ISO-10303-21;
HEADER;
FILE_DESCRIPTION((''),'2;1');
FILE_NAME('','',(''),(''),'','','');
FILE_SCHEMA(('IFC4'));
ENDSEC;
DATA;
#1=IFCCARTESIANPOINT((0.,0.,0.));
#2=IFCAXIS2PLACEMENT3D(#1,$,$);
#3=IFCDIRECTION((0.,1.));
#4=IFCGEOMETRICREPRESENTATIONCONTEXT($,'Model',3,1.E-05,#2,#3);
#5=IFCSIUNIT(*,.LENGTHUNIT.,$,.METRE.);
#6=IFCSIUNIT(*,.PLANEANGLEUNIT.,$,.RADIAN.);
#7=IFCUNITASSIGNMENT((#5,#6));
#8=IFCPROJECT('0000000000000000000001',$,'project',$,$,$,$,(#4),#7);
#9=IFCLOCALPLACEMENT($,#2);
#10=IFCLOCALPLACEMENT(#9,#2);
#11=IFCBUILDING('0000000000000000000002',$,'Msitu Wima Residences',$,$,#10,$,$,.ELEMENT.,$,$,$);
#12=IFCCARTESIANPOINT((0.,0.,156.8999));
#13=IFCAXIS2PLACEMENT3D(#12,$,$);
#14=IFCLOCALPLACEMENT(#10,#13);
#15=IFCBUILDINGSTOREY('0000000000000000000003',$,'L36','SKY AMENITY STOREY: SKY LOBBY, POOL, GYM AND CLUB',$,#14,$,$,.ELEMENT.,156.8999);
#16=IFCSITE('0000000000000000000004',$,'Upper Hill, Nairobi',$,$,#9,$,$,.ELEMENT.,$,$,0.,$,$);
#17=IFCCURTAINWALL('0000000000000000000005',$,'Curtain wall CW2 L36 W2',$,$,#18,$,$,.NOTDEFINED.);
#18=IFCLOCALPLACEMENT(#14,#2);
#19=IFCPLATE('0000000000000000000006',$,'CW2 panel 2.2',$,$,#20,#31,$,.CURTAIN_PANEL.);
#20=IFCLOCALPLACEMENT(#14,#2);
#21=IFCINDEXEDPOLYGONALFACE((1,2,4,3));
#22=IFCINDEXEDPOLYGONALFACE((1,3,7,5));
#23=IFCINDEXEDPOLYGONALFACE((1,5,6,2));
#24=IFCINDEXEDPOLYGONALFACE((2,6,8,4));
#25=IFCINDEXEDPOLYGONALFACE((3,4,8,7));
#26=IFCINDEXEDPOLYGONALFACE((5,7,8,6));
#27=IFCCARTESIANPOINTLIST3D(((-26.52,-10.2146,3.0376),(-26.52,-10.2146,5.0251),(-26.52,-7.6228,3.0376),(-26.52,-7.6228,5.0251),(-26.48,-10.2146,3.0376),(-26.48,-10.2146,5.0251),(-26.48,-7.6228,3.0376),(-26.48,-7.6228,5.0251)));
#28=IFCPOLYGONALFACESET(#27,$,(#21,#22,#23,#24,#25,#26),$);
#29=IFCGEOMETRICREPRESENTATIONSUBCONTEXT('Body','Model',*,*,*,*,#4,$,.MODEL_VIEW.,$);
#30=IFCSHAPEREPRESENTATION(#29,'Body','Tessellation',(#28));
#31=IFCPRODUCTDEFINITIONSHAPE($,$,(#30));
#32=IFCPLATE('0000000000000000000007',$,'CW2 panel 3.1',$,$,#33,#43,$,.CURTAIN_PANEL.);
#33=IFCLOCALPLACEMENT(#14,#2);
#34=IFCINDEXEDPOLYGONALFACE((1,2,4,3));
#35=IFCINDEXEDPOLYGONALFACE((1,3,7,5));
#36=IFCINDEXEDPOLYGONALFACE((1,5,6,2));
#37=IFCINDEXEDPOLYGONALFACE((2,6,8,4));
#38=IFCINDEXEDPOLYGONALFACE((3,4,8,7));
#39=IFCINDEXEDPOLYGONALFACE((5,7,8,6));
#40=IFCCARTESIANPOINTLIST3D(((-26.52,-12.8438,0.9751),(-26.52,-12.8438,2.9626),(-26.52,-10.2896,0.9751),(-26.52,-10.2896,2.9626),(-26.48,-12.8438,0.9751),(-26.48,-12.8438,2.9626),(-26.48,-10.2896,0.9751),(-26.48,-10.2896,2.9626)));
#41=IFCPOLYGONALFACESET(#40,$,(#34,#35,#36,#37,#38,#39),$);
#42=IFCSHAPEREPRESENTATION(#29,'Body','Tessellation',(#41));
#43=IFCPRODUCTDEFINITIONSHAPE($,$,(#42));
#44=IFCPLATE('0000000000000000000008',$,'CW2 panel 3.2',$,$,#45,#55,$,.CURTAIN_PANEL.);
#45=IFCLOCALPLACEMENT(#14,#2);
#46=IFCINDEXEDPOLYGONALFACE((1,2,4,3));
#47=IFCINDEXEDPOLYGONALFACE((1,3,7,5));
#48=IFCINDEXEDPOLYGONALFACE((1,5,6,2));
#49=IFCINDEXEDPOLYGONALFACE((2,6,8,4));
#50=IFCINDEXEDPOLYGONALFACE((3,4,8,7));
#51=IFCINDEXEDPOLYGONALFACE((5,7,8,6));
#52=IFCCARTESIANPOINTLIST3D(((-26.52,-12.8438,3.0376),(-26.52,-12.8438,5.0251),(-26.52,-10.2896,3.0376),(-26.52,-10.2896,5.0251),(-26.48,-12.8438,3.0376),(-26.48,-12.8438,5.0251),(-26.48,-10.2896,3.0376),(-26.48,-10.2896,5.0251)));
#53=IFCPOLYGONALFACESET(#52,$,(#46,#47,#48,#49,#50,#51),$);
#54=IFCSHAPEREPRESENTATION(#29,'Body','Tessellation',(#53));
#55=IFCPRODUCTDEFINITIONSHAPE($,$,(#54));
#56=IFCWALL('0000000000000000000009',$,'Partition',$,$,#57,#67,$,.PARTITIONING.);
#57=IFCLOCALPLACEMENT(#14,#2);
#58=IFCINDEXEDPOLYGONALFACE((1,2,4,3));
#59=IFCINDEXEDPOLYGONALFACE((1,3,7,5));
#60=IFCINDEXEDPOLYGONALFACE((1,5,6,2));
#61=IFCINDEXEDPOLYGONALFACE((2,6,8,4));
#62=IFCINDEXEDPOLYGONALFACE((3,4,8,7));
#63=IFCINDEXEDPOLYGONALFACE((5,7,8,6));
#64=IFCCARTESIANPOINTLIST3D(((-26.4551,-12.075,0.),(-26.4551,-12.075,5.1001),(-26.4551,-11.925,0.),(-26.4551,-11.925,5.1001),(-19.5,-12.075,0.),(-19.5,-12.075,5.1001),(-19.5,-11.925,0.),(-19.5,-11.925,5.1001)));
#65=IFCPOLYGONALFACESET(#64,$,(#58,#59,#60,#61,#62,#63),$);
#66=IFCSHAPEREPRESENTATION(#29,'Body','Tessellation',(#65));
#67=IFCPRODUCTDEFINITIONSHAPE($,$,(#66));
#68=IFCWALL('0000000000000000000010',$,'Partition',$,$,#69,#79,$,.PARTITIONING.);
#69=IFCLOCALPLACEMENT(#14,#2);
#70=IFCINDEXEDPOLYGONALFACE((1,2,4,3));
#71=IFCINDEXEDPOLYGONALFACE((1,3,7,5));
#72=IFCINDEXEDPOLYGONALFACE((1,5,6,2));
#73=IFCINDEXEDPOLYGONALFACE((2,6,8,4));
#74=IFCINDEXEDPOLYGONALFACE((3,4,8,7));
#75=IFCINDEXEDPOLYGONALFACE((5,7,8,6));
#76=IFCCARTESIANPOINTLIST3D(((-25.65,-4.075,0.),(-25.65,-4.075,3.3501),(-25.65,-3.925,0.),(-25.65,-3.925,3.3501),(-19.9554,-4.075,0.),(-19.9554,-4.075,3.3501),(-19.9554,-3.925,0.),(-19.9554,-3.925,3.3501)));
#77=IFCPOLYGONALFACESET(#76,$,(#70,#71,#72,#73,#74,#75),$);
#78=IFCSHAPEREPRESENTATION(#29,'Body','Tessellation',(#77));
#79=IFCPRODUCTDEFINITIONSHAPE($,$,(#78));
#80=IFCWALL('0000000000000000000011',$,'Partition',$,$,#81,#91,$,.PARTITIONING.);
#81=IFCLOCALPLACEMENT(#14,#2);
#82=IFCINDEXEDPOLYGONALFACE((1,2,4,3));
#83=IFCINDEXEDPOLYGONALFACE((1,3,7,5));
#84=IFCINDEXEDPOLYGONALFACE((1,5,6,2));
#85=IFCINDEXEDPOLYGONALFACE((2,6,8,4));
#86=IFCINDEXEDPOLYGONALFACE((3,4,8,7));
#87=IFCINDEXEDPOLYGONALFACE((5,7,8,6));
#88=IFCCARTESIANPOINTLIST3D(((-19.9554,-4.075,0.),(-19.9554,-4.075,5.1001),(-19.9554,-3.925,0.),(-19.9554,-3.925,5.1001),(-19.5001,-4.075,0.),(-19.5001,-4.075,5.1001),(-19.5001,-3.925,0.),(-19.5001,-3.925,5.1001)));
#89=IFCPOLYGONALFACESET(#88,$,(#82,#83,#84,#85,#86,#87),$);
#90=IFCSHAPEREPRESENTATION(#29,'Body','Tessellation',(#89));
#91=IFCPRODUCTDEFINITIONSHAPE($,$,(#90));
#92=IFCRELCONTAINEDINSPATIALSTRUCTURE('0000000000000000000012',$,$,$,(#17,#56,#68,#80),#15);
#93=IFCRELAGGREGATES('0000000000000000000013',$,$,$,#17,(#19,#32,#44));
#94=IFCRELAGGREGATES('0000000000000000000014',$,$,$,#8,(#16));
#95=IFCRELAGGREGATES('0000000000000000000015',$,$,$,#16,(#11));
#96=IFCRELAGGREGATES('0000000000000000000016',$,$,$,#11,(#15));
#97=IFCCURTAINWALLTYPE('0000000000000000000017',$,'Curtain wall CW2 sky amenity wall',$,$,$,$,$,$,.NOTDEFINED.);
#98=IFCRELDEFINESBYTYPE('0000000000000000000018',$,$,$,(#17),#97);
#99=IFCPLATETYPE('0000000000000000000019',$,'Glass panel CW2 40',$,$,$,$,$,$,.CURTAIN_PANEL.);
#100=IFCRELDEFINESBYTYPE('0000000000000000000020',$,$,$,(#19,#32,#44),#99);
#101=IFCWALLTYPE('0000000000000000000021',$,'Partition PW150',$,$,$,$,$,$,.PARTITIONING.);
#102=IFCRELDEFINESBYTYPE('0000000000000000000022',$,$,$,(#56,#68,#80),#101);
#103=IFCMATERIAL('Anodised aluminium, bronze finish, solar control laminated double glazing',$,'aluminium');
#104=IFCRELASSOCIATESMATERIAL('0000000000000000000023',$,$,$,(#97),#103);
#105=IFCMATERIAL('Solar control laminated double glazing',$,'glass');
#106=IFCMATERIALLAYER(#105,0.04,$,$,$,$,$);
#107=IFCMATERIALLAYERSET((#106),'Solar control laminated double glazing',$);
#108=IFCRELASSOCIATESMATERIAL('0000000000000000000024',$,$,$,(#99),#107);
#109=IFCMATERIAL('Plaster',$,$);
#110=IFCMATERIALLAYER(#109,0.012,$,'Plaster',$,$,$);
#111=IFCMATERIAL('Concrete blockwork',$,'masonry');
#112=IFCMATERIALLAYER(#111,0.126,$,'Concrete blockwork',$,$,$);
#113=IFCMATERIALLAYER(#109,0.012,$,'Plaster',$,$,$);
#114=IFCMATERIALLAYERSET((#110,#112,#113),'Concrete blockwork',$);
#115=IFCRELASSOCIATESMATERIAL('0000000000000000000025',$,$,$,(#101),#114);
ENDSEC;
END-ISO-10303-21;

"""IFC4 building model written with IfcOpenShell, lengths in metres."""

from ifc_helpers import new_model, si_unit, direction, frame, frame_2d, origin, origin_2d, place, context, subcontext, project, spatial, rectangle, extrude, material, layer, layer_set, type_object, element, aggregate, save


model = new_model("IFC4")

# Units and contexts
model_context = context("Model", 3, precision=1e-05, world=origin(), true_north=direction((0.0, 1.0)))
body_context = subcontext(model_context, "Body", "Model", "MODEL_VIEW")
ifc_project = project(units=[si_unit("LENGTHUNIT", "METRE"), si_unit("PLANEANGLEUNIT", "RADIAN")], contexts=[model_context])

# Site, building, storey
site_placement = place(None, origin())
site = spatial("IfcSite", under=ifc_project, at=site_placement, Name="Upper Hill, Nairobi", CompositionType="ELEMENT", RefElevation=0.0)
building_placement = place(site_placement, origin())
building = spatial("IfcBuilding", under=site, at=building_placement, Name="Msitu Wima Residences", CompositionType="ELEMENT")
storey_placement = place(building_placement, frame((0.0, 0.0, 156.8999)))
storey = spatial("IfcBuildingStorey", under=building, at=storey_placement, Name="L36", Description="SKY AMENITY STOREY: SKY LOBBY, POOL, GYM AND CLUB", CompositionType="ELEMENT", Elevation=156.8999)

# Curtain wall
ifc_material_1 = material(Name="Anodised aluminium, bronze finish, solar control laminated double glazing", Category="aluminium")
curtain_wall_type = type_object("IfcCurtainWallType", Name="Curtain wall CW2 sky amenity wall", PredefinedType="NOTDEFINED", material=ifc_material_1)
curtain_wall_1_placement = place(storey_placement, origin())
curtain_wall_1 = element("IfcCurtainWall", 1, at=curtain_wall_1_placement, inside=storey, type_object=curtain_wall_type, Name="Curtain wall CW2 L36 W2", PredefinedType="NOTDEFINED")

# Plates
ifc_material_2 = material(Name="Solar control laminated double glazing", Category="glass")
ifc_layer_1 = layer(ifc_material_2, 0.04)
ifc_layer_set_1 = layer_set([ifc_layer_1], Name="Solar control laminated double glazing")
plate_type = type_object("IfcPlateType", Name="Glass panel CW2 40", PredefinedType="CURTAIN_PANEL", material=ifc_layer_set_1)
plate_1_placement = place(storey_placement, frame((-26.5, -8.9187, 3.0376), z_axis=(0.0, 0.0, 1.0), x_axis=(0.0, -1.0, 0.0)))
plate_1 = element("IfcPlate", 2, at=plate_1_placement, type_object=plate_type, Name="CW2 panel 2.2", PredefinedType="CURTAIN_PANEL", context=body_context, shape_type="SweptSolid", body=[
    extrude(rectangle(XDim=2.5918, YDim=0.04, at=origin_2d()), origin(), (0.0, 0.0, 1.0), 1.9875),
])
plate_2_placement = place(storey_placement, frame((-26.5, -11.5667, 0.9751), z_axis=(0.0, 0.0, 1.0), x_axis=(0.0, -1.0, 0.0)))
plate_2 = element("IfcPlate", 3, at=plate_2_placement, type_object=plate_type, Name="CW2 panel 3.1", PredefinedType="CURTAIN_PANEL", context=body_context, shape_type="SweptSolid", body=[
    extrude(rectangle(XDim=2.5542, YDim=0.04, at=origin_2d()), origin(), (0.0, 0.0, 1.0), 1.9875),
])
plate_3_placement = place(storey_placement, frame((-26.5, -11.5667, 3.0376), z_axis=(0.0, 0.0, 1.0), x_axis=(0.0, -1.0, 0.0)))
plate_3 = element("IfcPlate", 4, at=plate_3_placement, type_object=plate_type, Name="CW2 panel 3.2", PredefinedType="CURTAIN_PANEL", context=body_context, shape_type="SweptSolid", body=[
    extrude(rectangle(XDim=2.5542, YDim=0.04, at=origin_2d()), origin(), (0.0, 0.0, 1.0), 1.9875),
])
aggregate(curtain_wall_1, [plate_1, plate_2, plate_3])

# Walls
ifc_material_3 = material(Name="Plaster")
ifc_layer_2 = layer(ifc_material_3, 0.012, Name="Plaster")
ifc_material_4 = material(Name="Concrete blockwork", Category="masonry")
ifc_layer_3 = layer(ifc_material_4, 0.126, Name="Concrete blockwork")
ifc_layer_4 = layer(ifc_material_3, 0.012, Name="Plaster")
ifc_layer_set_2 = layer_set([ifc_layer_2, ifc_layer_3, ifc_layer_4], Name="Concrete blockwork")
wall_type = type_object("IfcWallType", Name="Partition PW150", PredefinedType="PARTITIONING", material=ifc_layer_set_2)
wall_1_placement = place(storey_placement, frame((-26.4551, -12.0, 0.0), z_axis=(0.0, 0.0, 1.0), x_axis=(1.0, 0.0, 0.0)))
element("IfcWall", 5, at=wall_1_placement, inside=storey, type_object=wall_type, Name="Partition", PredefinedType="PARTITIONING", context=body_context, shape_type="SweptSolid", body=[
    extrude(rectangle(XDim=6.9551, YDim=0.1499, at=frame_2d((3.4775, 0.0))), origin(), (0.0, 0.0, 1.0), 5.1001),
])
wall_2_placement = place(storey_placement, frame((-25.6499, -4.0, 0.0), z_axis=(0.0, 0.0, 1.0), x_axis=(1.0, 0.0, 0.0)))
element("IfcWall", 6, at=wall_2_placement, inside=storey, type_object=wall_type, Name="Partition", PredefinedType="PARTITIONING", context=body_context, shape_type="SweptSolid", body=[
    extrude(rectangle(XDim=5.6946, YDim=0.1499, at=frame_2d((2.8472, 0.0))), origin(), (0.0, 0.0, 1.0), 3.3501),
])
wall_3_placement = place(storey_placement, frame((-19.9553, -4.0, 0.0), z_axis=(0.0, 0.0, 1.0), x_axis=(1.0, 0.0, 0.0)))
element("IfcWall", 7, at=wall_3_placement, inside=storey, type_object=wall_type, Name="Partition", PredefinedType="PARTITIONING", context=body_context, shape_type="SweptSolid", body=[
    extrude(rectangle(XDim=0.4553, YDim=0.1499, at=frame_2d((0.2275, 0.0))), origin(), (0.0, 0.0, 1.0), 5.1001),
])

save(model, "model.ifc")
